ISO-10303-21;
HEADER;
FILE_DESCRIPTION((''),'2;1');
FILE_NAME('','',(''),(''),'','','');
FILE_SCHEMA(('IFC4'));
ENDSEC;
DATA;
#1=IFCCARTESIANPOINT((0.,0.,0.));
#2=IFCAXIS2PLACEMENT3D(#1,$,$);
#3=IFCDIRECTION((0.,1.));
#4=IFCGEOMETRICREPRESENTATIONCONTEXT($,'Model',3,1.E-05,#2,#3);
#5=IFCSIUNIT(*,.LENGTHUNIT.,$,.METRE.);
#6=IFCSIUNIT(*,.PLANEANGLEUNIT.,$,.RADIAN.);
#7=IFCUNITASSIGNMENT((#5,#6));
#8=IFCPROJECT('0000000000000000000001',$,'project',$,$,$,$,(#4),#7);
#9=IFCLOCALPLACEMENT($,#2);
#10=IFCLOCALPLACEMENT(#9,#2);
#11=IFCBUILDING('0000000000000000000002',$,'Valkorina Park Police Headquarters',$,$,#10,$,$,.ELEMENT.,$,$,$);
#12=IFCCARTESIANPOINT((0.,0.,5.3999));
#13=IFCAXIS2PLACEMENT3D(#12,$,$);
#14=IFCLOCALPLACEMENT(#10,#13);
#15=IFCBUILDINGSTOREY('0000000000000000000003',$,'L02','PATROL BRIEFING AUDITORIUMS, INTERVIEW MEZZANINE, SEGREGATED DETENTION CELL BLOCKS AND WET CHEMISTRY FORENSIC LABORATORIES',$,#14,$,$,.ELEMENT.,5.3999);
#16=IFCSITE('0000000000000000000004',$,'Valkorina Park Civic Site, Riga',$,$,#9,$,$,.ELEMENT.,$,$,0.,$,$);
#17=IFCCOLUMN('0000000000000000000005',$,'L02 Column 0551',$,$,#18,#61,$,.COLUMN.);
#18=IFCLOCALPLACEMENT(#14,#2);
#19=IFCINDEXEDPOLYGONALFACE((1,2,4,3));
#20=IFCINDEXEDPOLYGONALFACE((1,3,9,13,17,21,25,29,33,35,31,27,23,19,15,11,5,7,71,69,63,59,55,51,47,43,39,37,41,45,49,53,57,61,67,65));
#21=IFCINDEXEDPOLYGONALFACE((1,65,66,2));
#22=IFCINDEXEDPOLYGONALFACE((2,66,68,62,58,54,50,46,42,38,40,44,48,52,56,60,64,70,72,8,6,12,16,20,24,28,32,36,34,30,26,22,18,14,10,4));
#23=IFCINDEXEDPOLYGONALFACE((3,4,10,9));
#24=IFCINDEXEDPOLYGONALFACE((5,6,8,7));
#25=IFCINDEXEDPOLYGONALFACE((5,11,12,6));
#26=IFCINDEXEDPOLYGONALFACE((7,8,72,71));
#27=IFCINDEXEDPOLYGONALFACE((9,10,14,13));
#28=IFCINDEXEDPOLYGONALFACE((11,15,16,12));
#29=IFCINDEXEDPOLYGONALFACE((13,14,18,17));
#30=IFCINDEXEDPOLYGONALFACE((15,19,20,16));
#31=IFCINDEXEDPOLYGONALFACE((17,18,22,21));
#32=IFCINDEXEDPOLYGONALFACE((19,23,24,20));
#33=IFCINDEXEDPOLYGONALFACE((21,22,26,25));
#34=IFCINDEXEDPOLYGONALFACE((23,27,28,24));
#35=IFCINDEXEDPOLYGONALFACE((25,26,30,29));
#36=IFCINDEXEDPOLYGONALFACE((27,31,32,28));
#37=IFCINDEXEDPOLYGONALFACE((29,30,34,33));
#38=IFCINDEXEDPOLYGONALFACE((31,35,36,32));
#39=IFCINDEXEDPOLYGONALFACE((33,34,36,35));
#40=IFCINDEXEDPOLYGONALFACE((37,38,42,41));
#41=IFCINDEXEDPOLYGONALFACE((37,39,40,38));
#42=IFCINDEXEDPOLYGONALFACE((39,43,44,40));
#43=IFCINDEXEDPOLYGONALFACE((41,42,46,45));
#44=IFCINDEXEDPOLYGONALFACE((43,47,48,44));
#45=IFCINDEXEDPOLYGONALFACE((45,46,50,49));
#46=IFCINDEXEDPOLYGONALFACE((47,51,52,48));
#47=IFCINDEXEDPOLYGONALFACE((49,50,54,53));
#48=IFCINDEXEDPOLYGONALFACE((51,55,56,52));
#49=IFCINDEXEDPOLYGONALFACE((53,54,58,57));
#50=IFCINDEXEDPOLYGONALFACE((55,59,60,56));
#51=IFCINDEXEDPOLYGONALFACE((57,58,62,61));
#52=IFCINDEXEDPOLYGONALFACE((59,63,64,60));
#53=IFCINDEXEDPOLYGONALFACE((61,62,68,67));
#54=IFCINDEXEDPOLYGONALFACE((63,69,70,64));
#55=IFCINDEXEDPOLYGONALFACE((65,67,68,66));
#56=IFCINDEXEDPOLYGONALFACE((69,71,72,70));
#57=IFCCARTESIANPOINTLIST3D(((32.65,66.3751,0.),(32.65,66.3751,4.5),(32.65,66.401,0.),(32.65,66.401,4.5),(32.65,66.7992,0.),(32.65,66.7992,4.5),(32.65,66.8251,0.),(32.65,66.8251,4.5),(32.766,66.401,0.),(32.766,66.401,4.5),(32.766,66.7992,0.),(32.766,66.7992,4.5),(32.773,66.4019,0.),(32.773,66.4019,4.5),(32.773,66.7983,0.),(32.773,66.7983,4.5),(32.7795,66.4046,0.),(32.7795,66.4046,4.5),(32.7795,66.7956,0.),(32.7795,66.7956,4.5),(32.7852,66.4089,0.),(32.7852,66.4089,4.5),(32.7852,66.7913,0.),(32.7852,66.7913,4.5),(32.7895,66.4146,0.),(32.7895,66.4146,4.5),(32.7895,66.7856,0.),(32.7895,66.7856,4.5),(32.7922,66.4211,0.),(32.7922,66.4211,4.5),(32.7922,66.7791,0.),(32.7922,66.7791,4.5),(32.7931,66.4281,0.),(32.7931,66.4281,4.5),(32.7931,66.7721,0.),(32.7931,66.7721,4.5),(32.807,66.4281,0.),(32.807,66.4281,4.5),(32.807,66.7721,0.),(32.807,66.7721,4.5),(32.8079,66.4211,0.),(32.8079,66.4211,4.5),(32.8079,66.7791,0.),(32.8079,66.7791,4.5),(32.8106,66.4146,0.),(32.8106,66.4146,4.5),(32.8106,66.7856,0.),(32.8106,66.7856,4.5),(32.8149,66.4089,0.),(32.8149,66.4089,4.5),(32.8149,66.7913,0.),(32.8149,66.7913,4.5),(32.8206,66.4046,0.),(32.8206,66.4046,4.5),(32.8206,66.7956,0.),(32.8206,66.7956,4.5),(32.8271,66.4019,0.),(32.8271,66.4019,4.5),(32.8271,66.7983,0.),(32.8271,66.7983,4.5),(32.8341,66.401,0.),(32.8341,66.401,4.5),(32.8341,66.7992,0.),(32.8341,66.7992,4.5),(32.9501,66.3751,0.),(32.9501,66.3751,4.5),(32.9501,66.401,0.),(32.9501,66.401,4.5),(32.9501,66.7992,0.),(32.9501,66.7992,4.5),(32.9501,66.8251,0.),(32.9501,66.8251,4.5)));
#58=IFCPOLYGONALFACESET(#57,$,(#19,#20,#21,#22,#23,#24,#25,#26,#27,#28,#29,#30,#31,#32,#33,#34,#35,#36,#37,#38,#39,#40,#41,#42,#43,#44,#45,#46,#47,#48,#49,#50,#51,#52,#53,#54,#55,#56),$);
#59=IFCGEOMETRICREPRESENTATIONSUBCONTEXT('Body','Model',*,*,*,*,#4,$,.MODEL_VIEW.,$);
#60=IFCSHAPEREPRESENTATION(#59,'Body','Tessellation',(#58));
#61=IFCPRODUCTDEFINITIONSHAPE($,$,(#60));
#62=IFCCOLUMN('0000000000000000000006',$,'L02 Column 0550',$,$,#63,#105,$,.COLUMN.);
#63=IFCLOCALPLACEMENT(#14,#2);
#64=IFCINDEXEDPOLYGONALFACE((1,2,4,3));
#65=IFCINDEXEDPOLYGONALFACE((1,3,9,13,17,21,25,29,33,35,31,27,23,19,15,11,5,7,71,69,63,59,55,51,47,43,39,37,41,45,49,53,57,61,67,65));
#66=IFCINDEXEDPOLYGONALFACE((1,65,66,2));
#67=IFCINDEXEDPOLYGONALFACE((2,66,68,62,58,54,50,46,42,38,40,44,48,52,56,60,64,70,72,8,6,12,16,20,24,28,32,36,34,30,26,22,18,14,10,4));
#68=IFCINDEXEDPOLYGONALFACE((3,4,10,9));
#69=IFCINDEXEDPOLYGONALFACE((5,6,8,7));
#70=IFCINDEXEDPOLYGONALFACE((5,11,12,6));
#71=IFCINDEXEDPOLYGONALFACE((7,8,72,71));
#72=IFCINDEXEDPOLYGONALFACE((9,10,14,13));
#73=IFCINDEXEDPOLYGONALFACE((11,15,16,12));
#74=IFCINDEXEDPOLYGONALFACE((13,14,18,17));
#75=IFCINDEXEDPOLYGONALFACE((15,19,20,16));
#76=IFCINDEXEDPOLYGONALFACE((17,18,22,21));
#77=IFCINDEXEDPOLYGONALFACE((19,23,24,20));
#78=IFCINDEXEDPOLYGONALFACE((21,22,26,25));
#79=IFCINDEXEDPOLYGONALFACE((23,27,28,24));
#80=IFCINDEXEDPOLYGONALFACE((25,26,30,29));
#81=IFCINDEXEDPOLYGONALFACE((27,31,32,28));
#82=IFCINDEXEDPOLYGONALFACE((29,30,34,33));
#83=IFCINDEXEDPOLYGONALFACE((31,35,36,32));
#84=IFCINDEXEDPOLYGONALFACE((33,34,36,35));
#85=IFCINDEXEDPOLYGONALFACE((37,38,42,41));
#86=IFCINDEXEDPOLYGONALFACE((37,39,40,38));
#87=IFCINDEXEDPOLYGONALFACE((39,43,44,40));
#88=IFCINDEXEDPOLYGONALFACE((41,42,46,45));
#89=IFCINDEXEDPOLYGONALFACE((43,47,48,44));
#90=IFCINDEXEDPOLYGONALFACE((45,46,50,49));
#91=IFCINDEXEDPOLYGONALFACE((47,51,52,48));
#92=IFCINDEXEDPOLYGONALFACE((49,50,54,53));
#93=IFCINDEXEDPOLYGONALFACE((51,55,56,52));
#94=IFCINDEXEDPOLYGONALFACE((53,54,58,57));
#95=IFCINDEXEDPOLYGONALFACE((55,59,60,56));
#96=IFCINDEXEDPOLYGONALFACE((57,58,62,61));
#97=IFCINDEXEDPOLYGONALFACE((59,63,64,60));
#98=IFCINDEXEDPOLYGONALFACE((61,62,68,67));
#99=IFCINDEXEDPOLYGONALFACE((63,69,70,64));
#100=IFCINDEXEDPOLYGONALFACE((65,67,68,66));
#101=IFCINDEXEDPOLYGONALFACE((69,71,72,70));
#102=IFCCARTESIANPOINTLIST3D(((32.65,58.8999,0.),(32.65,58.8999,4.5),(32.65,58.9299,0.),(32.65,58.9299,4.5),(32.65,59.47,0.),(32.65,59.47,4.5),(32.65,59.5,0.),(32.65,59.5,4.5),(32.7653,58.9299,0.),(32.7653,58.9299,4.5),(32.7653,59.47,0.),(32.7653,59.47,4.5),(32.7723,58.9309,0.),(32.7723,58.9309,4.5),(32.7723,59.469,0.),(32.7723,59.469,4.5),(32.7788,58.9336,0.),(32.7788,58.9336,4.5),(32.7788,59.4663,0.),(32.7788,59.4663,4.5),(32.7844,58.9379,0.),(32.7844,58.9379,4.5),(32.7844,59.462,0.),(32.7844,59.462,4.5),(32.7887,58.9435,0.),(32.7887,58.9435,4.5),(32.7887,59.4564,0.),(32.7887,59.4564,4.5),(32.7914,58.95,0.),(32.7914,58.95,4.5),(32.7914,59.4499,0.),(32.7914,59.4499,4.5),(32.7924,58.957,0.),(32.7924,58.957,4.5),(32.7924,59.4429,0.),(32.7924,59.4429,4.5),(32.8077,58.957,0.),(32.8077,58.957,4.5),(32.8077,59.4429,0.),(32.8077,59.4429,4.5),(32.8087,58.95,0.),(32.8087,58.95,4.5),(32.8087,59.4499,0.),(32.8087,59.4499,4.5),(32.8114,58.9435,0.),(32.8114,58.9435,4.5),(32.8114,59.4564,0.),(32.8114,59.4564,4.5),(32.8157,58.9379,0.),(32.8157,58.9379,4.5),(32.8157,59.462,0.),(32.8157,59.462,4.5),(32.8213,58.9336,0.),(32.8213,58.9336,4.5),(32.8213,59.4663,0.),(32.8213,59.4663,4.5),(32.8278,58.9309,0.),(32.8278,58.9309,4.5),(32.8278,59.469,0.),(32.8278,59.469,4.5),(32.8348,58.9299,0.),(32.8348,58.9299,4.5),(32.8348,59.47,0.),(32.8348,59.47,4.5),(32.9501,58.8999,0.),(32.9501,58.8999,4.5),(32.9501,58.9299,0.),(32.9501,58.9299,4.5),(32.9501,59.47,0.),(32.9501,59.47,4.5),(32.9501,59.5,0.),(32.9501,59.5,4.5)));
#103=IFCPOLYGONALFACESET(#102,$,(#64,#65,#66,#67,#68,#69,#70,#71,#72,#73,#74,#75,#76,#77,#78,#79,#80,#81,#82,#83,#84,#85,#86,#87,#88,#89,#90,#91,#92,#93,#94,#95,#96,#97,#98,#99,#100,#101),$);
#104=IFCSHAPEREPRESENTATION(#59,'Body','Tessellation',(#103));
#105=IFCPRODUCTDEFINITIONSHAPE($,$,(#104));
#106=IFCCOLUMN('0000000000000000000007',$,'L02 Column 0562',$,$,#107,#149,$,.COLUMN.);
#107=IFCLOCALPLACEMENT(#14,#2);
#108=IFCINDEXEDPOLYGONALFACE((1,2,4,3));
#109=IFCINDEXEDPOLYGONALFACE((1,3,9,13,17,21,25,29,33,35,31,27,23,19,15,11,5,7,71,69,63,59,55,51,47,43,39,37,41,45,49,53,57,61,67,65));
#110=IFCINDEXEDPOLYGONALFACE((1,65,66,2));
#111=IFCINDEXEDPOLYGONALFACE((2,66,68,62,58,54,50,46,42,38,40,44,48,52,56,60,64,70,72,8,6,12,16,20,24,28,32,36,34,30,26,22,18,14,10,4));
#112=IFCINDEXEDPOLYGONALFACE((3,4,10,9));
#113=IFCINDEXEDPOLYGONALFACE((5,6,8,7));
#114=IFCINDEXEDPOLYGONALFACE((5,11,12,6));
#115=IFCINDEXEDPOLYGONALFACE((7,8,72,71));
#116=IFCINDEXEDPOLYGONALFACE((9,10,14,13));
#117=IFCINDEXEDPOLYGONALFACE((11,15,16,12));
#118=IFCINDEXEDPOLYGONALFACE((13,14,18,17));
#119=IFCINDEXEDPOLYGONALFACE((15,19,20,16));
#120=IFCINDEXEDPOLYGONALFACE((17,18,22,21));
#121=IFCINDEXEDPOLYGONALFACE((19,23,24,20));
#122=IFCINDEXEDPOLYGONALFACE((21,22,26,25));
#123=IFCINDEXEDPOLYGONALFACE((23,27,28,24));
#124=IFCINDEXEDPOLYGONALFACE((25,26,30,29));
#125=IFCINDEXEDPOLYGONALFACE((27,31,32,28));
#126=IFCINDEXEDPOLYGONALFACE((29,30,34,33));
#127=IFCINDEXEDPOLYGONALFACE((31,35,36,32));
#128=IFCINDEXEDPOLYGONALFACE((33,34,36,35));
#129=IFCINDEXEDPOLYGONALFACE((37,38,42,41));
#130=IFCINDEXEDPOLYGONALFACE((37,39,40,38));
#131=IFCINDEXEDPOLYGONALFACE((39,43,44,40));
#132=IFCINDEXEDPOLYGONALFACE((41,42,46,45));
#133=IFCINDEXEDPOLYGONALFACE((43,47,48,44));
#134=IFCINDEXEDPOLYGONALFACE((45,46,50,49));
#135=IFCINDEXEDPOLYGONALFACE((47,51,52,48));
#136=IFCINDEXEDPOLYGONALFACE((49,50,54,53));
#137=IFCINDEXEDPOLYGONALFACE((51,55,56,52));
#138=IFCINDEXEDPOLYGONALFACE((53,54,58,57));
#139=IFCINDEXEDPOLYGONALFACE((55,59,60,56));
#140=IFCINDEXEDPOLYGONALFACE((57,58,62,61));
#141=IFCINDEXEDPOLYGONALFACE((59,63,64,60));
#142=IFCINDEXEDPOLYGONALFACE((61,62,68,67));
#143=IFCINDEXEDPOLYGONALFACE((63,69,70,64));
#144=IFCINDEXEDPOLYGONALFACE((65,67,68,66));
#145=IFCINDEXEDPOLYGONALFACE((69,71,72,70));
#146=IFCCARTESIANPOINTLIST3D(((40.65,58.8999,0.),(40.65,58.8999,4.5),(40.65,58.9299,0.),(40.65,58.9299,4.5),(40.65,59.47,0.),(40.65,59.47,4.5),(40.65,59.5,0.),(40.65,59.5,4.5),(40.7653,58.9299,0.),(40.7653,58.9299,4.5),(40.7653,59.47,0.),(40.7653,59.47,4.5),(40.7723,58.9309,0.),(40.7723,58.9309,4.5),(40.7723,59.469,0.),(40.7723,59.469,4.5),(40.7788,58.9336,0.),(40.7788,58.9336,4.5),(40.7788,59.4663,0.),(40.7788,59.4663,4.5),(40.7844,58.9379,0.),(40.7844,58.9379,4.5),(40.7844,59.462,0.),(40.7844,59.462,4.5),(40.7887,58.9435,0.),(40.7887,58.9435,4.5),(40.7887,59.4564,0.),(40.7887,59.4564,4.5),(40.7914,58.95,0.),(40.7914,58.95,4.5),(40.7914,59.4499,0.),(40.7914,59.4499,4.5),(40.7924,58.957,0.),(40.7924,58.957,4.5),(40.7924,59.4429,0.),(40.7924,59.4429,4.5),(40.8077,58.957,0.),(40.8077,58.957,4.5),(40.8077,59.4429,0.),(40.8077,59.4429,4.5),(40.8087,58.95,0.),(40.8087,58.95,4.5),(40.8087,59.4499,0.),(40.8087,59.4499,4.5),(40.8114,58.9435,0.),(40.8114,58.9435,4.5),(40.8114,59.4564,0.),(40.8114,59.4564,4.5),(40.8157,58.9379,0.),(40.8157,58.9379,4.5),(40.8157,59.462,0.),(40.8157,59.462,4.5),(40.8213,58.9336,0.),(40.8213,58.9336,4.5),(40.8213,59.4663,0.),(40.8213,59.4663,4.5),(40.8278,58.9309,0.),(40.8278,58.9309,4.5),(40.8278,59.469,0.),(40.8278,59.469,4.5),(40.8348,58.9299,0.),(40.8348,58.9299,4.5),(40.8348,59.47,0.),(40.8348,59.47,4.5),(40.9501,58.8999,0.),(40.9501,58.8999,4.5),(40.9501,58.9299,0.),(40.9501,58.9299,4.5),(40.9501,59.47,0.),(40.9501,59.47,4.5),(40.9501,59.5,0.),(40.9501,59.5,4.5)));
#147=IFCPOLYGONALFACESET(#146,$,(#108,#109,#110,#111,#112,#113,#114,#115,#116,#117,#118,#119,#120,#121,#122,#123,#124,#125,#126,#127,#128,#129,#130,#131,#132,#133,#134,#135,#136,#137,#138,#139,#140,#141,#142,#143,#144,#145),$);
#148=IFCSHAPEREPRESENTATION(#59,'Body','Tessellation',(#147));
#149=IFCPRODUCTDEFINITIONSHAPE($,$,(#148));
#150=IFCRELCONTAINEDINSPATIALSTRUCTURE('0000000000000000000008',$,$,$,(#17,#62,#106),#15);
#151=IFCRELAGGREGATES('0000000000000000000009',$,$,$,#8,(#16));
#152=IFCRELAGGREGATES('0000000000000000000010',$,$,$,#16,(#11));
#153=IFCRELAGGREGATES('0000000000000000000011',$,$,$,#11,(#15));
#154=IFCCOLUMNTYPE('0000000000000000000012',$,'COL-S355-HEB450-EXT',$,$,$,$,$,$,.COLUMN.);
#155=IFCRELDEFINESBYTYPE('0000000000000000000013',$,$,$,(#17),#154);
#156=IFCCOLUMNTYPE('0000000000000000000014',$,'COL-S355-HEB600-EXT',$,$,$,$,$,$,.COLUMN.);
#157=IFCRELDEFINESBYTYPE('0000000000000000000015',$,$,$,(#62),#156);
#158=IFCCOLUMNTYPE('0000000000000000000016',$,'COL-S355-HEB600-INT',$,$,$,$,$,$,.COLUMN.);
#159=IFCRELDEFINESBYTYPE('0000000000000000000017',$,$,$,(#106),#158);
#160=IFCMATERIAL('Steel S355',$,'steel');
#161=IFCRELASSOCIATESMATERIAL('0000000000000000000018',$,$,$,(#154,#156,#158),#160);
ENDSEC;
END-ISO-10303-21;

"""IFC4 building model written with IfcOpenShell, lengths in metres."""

from ifc_helpers import new_model, si_unit, direction, frame, origin, origin_2d, place, context, subcontext, project, spatial, i_section, extrude, material, material_profile, profile_set, type_object, element, save


model = new_model("IFC4")

# Units and contexts
model_context = context("Model", 3, precision=1e-05, world=origin(), true_north=direction((0.0, 1.0)))
body_context = subcontext(model_context, "Body", "Model", "MODEL_VIEW")
ifc_project = project(units=[si_unit("LENGTHUNIT", "METRE"), si_unit("PLANEANGLEUNIT", "RADIAN")], contexts=[model_context])

# Site, building, storey
site_placement = place(None, origin())
site = spatial("IfcSite", under=ifc_project, at=site_placement, Name="Valkorina Park Civic Site, Riga", CompositionType="ELEMENT", RefElevation=0.0)
building_placement = place(site_placement, origin())
building = spatial("IfcBuilding", under=site, at=building_placement, Name="Valkorina Park Police Headquarters", CompositionType="ELEMENT")
storey_placement = place(building_placement, frame((0.0, 0.0, 5.3999)))
storey = spatial("IfcBuildingStorey", under=building, at=storey_placement, Name="L02", Description="PATROL BRIEFING AUDITORIUMS, INTERVIEW MEZZANINE, SEGREGATED DETENTION CELL BLOCKS AND WET CHEMISTRY FORENSIC LABORATORIES", CompositionType="ELEMENT", Elevation=5.3999)

# Columns
ifc_material_1 = material(Name="Steel S355", Category="steel")
ifc_material_profile_1 = material_profile(ifc_material_1, i_section(OverallWidth=0.3, OverallDepth=0.45, WebThickness=0.0139, FlangeThickness=0.0259, FilletRadius=0.0271, at=origin_2d()), Name="HEB 450")
ifc_profile_set_1 = profile_set([ifc_material_profile_1], Name="Steel S355")
column_type_1 = type_object("IfcColumnType", Name="COL-S355-HEB450-EXT", PredefinedType="COLUMN", material=ifc_profile_set_1)
column_1_placement = place(storey_placement, frame((32.8, 66.6001, 0.0), z_axis=(0.0, 0.0, 1.0), x_axis=(1.0, 0.0, 0.0)))
element("IfcColumn", 1, at=column_1_placement, inside=storey, type_object=column_type_1, Name="L02 Column 0551", PredefinedType="COLUMN", context=body_context, shape_type="SweptSolid", body=[
    extrude(i_section(OverallWidth=0.3, OverallDepth=0.45, WebThickness=0.0139, FlangeThickness=0.0259, FilletRadius=0.0271, at=origin_2d()), origin(), (0.0, 0.0, 1.0), 4.5),
])
ifc_material_profile_2 = material_profile(ifc_material_1, i_section(OverallWidth=0.3, OverallDepth=0.6001, WebThickness=0.0154, FlangeThickness=0.03, FilletRadius=0.0271, at=origin_2d()), Name="HEB 600")
ifc_profile_set_2 = profile_set([ifc_material_profile_2], Name="Steel S355")
column_type_2 = type_object("IfcColumnType", Name="COL-S355-HEB600-EXT", PredefinedType="COLUMN", material=ifc_profile_set_2)
column_2_placement = place(storey_placement, frame((32.8, 59.2, 0.0), z_axis=(0.0, 0.0, 1.0), x_axis=(1.0, 0.0, 0.0)))
element("IfcColumn", 2, at=column_2_placement, inside=storey, type_object=column_type_2, Name="L02 Column 0550", PredefinedType="COLUMN", context=body_context, shape_type="SweptSolid", body=[
    extrude(i_section(OverallWidth=0.3, OverallDepth=0.6001, WebThickness=0.0154, FlangeThickness=0.03, FilletRadius=0.0271, at=origin_2d()), origin(), (0.0, 0.0, 1.0), 4.5),
])
ifc_material_profile_3 = material_profile(ifc_material_1, i_section(OverallWidth=0.3, OverallDepth=0.6001, WebThickness=0.0154, FlangeThickness=0.03, FilletRadius=0.0271, at=origin_2d()), Name="HEB 600")
ifc_profile_set_3 = profile_set([ifc_material_profile_3], Name="Steel S355")
column_type_3 = type_object("IfcColumnType", Name="COL-S355-HEB600-INT", PredefinedType="COLUMN", material=ifc_profile_set_3)
column_3_placement = place(storey_placement, frame((40.8, 59.2, 0.0), z_axis=(0.0, 0.0, 1.0), x_axis=(1.0, 0.0, 0.0)))
element("IfcColumn", 3, at=column_3_placement, inside=storey, type_object=column_type_3, Name="L02 Column 0562", PredefinedType="COLUMN", context=body_context, shape_type="SweptSolid", body=[
    extrude(i_section(OverallWidth=0.3, OverallDepth=0.6001, WebThickness=0.0154, FlangeThickness=0.03, FilletRadius=0.0271, at=origin_2d()), origin(), (0.0, 0.0, 1.0), 4.5),
])

save(model, "model.ifc")
